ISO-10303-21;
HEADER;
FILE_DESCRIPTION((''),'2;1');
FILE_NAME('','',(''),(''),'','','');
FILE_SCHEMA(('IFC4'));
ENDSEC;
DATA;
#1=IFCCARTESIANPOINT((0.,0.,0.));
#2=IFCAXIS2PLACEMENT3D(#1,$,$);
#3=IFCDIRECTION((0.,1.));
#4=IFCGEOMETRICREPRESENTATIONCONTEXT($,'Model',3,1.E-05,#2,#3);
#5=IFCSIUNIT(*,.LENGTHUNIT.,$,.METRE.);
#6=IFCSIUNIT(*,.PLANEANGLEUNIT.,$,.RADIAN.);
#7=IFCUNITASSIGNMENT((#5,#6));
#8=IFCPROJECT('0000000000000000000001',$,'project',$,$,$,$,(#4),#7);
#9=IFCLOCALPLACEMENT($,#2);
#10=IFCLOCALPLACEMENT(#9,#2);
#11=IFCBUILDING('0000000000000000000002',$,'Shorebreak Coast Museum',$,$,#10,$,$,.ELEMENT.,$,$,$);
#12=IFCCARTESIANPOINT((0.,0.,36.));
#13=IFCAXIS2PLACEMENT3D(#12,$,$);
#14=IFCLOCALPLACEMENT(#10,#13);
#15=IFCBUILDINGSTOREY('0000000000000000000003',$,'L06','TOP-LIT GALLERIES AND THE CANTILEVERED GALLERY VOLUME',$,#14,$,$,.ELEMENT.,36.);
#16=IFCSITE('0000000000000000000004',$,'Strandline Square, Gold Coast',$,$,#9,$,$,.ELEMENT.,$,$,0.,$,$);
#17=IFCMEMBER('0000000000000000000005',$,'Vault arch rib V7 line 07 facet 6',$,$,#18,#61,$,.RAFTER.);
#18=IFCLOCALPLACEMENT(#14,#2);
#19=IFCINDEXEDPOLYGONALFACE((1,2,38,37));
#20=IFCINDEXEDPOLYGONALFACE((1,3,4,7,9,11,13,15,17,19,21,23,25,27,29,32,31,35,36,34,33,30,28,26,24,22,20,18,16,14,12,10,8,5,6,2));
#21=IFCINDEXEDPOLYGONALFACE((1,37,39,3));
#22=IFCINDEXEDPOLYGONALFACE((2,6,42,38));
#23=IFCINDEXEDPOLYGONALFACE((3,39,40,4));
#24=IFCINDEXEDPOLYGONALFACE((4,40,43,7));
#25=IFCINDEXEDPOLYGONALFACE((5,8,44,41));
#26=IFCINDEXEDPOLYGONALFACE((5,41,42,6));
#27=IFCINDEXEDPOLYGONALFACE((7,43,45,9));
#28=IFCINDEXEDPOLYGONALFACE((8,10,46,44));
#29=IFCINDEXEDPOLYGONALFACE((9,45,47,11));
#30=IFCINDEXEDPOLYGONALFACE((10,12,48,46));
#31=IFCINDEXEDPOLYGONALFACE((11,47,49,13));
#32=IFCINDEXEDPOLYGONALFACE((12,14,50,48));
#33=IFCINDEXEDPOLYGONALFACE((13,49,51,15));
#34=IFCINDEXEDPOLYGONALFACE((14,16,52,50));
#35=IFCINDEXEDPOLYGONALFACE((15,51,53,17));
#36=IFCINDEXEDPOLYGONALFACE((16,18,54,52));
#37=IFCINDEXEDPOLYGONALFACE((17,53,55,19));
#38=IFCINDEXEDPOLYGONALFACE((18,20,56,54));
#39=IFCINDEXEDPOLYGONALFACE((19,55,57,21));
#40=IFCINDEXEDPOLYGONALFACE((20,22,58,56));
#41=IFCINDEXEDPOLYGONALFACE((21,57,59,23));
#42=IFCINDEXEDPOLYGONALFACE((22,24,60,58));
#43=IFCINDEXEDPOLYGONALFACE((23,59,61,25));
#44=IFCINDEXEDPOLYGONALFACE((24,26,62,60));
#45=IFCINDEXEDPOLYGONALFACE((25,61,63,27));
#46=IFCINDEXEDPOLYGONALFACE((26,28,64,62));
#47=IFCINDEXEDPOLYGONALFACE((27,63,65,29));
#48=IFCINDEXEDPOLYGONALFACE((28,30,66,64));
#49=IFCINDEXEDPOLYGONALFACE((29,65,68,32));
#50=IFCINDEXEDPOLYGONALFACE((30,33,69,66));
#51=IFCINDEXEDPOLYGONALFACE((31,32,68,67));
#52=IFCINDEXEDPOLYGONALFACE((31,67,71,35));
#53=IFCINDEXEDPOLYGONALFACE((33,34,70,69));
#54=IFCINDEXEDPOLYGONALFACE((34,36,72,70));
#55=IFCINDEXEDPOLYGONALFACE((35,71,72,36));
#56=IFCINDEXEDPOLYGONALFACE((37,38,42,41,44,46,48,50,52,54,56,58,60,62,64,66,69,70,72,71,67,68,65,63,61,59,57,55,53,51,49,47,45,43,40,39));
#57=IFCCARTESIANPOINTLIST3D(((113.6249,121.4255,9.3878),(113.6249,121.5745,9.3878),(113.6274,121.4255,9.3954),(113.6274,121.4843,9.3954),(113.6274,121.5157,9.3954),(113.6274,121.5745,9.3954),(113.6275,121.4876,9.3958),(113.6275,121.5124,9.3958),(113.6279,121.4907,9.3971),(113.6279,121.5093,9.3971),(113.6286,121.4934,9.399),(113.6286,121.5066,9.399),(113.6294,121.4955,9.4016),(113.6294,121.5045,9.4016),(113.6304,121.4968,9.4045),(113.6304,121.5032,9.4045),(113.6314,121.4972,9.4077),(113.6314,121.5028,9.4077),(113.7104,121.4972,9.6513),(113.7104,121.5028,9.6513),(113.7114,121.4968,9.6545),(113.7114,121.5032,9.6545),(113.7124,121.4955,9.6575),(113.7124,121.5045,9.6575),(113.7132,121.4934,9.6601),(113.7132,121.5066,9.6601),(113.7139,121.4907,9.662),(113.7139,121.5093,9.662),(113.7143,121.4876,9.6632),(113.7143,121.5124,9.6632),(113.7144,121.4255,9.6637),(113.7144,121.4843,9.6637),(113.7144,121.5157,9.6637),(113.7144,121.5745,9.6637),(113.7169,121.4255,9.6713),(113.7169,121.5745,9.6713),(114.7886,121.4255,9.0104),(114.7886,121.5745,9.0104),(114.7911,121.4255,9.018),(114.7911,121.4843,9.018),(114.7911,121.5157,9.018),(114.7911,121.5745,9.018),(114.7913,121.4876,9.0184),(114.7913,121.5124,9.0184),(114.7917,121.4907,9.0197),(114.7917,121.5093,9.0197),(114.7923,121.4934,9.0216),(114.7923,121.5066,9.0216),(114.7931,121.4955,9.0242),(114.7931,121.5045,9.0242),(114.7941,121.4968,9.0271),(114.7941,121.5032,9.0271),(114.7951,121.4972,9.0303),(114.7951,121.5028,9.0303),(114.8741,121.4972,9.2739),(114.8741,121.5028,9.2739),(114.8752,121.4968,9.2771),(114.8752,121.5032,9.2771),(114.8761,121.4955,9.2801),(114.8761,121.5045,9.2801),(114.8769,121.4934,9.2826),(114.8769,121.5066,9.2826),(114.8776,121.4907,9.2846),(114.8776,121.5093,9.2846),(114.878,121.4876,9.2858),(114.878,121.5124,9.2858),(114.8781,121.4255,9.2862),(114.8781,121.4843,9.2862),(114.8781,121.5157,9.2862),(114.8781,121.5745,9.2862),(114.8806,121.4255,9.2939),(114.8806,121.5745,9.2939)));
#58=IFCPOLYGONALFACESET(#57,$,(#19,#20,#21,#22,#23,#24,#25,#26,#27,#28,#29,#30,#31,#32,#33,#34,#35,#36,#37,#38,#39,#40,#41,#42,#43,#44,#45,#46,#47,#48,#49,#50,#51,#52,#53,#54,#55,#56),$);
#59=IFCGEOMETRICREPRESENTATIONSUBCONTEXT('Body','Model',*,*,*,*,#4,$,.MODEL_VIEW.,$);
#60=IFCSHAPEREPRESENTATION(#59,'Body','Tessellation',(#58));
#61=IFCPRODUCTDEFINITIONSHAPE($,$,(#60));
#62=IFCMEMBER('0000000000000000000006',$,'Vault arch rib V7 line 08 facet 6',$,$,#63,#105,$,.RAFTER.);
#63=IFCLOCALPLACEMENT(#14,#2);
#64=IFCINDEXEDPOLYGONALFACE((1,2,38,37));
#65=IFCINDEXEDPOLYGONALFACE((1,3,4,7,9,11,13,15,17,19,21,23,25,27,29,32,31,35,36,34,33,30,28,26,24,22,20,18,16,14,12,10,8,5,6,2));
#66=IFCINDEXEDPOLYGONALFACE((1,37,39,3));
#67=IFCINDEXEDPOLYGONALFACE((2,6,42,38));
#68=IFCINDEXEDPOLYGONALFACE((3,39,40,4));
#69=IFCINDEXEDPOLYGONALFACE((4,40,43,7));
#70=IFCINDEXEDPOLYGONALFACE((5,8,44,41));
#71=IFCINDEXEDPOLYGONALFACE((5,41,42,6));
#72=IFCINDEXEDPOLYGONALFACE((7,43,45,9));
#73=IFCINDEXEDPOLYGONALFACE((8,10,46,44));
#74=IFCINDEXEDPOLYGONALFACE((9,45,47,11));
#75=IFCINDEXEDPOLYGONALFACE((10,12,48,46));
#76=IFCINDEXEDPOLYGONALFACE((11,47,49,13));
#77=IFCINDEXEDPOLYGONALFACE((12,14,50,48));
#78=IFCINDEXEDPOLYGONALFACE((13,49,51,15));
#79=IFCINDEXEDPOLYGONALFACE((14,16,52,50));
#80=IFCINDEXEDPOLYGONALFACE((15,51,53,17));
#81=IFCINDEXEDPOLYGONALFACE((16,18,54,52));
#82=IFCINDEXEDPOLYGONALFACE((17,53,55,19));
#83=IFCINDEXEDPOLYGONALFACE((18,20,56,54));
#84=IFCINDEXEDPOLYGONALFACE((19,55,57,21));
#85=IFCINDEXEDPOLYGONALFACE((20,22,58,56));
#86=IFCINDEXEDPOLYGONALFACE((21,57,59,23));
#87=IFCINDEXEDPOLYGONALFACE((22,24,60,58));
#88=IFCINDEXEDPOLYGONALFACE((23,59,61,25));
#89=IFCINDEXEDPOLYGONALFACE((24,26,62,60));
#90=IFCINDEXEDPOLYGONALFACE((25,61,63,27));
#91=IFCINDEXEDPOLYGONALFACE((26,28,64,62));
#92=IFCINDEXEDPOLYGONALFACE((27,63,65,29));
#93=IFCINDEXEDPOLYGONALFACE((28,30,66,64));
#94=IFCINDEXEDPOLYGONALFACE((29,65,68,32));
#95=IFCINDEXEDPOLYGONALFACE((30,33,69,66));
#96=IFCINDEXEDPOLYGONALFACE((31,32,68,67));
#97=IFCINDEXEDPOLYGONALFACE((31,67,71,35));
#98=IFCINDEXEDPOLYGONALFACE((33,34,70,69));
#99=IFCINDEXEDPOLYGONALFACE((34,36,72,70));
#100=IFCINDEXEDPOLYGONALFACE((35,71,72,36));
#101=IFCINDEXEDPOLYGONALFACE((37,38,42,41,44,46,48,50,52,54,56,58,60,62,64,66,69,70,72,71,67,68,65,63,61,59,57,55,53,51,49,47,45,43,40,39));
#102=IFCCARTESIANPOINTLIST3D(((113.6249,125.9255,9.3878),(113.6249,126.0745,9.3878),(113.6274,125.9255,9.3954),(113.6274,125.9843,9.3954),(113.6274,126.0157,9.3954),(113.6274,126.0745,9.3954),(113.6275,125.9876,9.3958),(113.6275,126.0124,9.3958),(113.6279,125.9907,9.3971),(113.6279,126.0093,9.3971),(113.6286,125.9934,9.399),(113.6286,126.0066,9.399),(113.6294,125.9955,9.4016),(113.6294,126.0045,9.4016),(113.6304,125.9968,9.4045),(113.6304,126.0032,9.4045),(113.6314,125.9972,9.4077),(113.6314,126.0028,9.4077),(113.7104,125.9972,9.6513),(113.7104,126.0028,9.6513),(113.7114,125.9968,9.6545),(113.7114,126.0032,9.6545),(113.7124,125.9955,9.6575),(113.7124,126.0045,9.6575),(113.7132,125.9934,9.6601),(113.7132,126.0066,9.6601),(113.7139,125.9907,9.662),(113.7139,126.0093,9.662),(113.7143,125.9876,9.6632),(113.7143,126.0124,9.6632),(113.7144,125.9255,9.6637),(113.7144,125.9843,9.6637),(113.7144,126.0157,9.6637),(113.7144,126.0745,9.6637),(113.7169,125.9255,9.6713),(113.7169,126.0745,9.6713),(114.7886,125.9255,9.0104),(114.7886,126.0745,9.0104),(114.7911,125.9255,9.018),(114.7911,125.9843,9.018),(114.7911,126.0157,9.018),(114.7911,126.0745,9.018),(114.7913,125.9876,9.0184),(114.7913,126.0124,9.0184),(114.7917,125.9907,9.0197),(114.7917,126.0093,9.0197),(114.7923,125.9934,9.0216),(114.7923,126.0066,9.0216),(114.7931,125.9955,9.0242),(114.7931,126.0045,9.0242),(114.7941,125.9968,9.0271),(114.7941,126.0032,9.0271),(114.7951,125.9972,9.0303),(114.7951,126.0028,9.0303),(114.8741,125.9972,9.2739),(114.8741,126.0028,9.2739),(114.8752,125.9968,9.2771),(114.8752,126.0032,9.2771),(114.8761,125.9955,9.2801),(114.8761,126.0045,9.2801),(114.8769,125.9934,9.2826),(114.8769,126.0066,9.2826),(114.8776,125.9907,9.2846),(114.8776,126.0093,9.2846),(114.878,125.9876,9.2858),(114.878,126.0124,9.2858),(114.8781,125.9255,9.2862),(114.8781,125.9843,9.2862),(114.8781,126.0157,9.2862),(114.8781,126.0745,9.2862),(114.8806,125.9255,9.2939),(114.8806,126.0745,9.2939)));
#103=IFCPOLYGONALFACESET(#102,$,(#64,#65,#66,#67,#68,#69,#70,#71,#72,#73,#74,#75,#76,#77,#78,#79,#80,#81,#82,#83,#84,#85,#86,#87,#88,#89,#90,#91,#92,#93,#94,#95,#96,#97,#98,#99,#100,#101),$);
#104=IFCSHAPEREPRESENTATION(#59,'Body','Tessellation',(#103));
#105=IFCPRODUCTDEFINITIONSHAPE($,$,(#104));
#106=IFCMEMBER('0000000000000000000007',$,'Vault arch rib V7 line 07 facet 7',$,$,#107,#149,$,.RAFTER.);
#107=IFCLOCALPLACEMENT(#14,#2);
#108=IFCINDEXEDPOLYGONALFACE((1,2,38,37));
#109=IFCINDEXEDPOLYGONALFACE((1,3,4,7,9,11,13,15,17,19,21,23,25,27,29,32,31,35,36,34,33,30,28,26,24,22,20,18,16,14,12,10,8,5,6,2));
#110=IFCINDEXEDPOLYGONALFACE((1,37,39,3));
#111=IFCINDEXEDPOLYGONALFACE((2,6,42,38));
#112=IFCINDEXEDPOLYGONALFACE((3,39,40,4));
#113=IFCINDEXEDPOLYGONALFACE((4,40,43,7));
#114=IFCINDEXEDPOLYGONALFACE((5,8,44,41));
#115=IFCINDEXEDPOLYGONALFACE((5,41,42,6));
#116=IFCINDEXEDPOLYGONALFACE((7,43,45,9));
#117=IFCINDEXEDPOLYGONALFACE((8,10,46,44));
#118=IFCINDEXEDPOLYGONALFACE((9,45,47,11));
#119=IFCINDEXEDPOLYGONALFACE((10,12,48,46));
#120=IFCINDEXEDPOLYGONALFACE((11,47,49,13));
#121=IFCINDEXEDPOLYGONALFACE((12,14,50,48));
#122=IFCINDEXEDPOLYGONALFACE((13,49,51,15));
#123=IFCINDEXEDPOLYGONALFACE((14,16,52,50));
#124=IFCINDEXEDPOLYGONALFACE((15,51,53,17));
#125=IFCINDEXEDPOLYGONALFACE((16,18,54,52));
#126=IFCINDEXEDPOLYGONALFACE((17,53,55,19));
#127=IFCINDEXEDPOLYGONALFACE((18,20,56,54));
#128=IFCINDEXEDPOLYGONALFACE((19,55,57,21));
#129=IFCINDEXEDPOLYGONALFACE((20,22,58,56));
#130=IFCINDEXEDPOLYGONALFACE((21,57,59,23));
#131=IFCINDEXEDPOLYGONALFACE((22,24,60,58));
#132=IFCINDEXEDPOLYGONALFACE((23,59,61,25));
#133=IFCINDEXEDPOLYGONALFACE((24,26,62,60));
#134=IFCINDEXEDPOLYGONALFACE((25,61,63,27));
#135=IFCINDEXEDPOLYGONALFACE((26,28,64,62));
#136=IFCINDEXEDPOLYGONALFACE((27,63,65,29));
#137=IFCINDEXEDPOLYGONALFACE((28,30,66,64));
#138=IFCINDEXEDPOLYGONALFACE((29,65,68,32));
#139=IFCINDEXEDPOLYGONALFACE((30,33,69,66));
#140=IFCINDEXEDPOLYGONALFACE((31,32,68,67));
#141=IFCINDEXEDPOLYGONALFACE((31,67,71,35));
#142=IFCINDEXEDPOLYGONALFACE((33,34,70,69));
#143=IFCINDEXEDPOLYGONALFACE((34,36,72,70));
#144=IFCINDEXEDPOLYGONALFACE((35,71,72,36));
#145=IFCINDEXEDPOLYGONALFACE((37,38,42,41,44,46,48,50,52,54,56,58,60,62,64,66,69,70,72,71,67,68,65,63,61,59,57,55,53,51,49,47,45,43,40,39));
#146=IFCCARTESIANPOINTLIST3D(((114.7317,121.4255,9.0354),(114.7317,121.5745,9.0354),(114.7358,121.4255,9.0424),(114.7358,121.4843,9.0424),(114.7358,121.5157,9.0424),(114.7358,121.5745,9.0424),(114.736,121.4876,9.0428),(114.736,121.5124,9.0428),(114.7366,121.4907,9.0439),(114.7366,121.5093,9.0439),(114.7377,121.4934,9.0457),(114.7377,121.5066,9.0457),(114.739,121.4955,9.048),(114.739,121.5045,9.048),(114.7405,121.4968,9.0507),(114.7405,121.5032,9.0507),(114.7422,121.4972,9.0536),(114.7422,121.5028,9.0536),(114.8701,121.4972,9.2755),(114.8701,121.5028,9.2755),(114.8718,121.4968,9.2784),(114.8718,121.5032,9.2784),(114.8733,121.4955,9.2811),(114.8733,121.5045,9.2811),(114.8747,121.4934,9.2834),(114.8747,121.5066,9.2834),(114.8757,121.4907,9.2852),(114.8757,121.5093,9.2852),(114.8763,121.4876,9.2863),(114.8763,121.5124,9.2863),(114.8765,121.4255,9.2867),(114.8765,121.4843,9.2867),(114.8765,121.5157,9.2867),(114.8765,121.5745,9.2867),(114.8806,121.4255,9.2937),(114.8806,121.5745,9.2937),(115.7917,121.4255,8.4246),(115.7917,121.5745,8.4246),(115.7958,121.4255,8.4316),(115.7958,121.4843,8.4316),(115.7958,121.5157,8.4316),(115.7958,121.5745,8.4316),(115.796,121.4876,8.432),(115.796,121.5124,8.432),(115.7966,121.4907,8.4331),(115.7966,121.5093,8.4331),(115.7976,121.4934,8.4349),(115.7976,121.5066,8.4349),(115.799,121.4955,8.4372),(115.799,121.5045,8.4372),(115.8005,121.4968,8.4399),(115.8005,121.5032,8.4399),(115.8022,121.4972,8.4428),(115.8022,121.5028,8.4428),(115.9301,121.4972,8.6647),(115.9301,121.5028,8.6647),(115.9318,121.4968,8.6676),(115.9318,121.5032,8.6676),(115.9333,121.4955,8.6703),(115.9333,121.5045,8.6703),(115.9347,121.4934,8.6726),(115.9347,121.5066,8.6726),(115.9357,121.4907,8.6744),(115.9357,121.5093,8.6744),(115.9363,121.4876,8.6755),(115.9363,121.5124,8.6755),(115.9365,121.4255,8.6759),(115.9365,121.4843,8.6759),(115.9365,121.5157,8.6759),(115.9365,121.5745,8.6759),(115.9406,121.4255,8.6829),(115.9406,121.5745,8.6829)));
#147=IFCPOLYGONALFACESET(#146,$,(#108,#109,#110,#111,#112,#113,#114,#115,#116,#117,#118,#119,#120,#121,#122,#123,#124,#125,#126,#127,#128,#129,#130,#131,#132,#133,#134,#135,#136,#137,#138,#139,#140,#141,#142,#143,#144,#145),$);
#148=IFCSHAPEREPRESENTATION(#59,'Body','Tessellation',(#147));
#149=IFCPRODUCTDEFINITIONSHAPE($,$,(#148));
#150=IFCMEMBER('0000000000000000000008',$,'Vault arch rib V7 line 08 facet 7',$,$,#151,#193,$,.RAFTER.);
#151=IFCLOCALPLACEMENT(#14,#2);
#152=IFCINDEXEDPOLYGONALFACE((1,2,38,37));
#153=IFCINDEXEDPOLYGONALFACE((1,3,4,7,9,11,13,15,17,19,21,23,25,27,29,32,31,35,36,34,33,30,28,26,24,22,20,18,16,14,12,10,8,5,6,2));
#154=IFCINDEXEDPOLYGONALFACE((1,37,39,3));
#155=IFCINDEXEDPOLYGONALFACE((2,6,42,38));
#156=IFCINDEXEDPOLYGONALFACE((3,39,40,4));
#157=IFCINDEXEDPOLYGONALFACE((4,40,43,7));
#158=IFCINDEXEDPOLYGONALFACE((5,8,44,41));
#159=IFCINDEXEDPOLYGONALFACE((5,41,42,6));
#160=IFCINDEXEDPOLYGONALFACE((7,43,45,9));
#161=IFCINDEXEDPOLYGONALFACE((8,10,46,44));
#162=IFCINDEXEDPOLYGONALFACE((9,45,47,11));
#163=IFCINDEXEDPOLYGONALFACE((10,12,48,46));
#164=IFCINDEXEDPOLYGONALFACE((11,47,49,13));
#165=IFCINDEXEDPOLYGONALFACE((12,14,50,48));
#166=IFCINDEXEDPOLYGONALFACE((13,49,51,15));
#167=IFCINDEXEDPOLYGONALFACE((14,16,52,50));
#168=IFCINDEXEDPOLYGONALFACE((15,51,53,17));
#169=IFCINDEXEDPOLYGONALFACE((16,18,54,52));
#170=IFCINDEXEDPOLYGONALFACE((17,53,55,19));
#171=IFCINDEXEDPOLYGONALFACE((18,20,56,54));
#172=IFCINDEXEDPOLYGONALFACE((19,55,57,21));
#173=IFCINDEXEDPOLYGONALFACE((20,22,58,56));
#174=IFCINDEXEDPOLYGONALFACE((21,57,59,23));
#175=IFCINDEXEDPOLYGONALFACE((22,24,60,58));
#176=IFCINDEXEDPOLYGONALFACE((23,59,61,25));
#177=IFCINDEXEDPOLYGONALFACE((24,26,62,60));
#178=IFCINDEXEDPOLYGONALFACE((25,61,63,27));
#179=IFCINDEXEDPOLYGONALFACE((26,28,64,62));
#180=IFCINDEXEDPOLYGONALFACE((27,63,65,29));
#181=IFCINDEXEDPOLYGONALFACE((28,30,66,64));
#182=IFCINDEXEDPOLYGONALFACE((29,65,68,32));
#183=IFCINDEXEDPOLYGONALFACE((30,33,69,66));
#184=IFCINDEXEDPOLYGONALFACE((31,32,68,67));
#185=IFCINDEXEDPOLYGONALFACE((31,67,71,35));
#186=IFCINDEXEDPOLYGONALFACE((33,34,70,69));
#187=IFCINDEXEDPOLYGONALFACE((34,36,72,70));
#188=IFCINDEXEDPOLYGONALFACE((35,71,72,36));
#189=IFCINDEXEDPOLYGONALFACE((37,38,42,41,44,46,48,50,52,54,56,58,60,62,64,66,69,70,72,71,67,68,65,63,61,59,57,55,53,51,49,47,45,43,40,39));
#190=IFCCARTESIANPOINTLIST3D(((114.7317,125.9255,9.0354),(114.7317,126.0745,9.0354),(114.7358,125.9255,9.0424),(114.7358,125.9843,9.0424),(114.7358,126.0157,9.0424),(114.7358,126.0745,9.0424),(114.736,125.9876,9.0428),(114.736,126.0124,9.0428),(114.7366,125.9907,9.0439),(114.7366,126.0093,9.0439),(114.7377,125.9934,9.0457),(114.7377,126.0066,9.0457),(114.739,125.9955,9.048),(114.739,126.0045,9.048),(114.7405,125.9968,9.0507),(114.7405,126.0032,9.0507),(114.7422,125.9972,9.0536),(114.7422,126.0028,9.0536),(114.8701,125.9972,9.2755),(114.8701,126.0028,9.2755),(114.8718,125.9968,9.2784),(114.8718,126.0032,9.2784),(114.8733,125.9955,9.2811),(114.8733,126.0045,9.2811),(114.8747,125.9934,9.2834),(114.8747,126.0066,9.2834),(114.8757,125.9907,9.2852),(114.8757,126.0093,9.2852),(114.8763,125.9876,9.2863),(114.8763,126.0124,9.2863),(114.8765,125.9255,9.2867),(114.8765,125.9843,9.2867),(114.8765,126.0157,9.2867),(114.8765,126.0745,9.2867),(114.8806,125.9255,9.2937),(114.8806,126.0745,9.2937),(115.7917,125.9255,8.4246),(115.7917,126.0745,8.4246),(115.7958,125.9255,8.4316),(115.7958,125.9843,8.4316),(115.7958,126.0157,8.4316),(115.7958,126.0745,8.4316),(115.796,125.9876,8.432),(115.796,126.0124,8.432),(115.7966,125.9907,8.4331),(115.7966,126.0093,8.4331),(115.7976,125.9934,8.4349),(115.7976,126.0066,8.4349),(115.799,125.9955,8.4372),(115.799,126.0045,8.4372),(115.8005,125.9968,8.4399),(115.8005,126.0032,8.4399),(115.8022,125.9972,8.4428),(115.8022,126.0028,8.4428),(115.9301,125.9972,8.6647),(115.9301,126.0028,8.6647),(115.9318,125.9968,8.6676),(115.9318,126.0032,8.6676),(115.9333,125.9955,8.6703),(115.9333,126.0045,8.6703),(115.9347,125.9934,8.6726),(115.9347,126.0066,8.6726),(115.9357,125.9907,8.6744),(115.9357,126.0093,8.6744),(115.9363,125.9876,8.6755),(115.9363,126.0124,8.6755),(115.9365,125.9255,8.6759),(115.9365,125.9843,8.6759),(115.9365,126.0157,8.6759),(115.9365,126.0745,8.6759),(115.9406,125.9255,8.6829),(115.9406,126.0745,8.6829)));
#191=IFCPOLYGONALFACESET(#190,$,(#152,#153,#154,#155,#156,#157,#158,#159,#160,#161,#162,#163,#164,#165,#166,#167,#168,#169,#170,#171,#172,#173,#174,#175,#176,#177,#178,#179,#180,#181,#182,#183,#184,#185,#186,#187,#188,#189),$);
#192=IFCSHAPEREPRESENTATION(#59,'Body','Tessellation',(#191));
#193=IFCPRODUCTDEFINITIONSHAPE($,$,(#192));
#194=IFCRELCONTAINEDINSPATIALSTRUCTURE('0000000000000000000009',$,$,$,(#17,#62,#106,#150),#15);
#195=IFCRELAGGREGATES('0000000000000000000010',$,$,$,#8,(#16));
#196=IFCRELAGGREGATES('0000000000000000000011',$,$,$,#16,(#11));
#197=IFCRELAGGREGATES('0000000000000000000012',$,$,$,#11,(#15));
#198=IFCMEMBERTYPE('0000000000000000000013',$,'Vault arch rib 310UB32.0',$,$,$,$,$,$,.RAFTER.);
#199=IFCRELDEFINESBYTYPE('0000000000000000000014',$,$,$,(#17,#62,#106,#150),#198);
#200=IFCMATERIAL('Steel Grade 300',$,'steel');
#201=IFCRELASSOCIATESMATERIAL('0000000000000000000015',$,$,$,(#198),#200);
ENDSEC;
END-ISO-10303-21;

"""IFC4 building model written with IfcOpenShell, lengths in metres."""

from ifc_helpers import new_model, si_unit, direction, frame, origin, origin_2d, place, context, subcontext, project, spatial, i_section, extrude, material, material_profile, profile_set, type_object, element, save


model = new_model("IFC4")

# Units and contexts
model_context = context("Model", 3, precision=1e-05, world=origin(), true_north=direction((0.0, 1.0)))
body_context = subcontext(model_context, "Body", "Model", "MODEL_VIEW")
ifc_project = project(units=[si_unit("LENGTHUNIT", "METRE"), si_unit("PLANEANGLEUNIT", "RADIAN")], contexts=[model_context])

# Site, building, storey
site_placement = place(None, origin())
site = spatial("IfcSite", under=ifc_project, at=site_placement, Name="Strandline Square, Gold Coast", CompositionType="ELEMENT", RefElevation=0.0)
building_placement = place(site_placement, origin())
building = spatial("IfcBuilding", under=site, at=building_placement, Name="Shorebreak Coast Museum", CompositionType="ELEMENT")
storey_placement = place(building_placement, frame((0.0, 0.0, 36.0)))
storey = spatial("IfcBuildingStorey", under=building, at=storey_placement, Name="L06", Description="TOP-LIT GALLERIES AND THE CANTILEVERED GALLERY VOLUME", CompositionType="ELEMENT", Elevation=36.0)

# Members
ifc_material_1 = material(Name="Steel Grade 300", Category="steel")
ifc_material_profile_1 = material_profile(ifc_material_1, i_section(OverallWidth=0.1489, OverallDepth=0.2981, WebThickness=0.0056, FlangeThickness=0.0081, FilletRadius=0.0129, at=origin_2d()), Name="310UB32.0")
ifc_profile_set_1 = profile_set([ifc_material_profile_1], Name="Steel Grade 300")
member_type_1 = type_object("IfcMemberType", Name="Vault arch rib 310UB32.0", PredefinedType="RAFTER", material=ifc_profile_set_1)
for number, where, z_axis, x_axis, name in (
    (1, (113.6709, 121.5, 9.5295), (0.951226, 0.0, -0.308495), (0.0, 1.0, 0.0), "Vault arch rib V7 line 07 facet 6"),
    (2, (113.6709, 126.0, 9.5295), (0.951226, 0.0, -0.308495), (0.0, 1.0, 0.0), "Vault arch rib V7 line 08 facet 6"),
    (3, (114.8062, 121.5, 9.1646), (0.866445, 0.0, -0.499273), (0.0, 1.0, 0.0), "Vault arch rib V7 line 07 facet 7"),
    (4, (114.8062, 126.0, 9.1646), (0.866445, 0.0, -0.499273), (0.0, 1.0, 0.0), "Vault arch rib V7 line 08 facet 7"),
):
    element("IfcMember", number, at=place(storey_placement, frame(where, z_axis=z_axis, x_axis=x_axis)), inside=storey, type_object=member_type_1, Name=name, PredefinedType="RAFTER", context=body_context, shape_type="SweptSolid", body=[
        extrude(i_section(OverallWidth=0.1489, OverallDepth=0.2981, WebThickness=0.0056, FlangeThickness=0.0081, FilletRadius=0.0129, at=origin_2d()), origin(), (0.0, 0.0, 1.0), 1.2234),
    ])

save(model, "model.ifc")
